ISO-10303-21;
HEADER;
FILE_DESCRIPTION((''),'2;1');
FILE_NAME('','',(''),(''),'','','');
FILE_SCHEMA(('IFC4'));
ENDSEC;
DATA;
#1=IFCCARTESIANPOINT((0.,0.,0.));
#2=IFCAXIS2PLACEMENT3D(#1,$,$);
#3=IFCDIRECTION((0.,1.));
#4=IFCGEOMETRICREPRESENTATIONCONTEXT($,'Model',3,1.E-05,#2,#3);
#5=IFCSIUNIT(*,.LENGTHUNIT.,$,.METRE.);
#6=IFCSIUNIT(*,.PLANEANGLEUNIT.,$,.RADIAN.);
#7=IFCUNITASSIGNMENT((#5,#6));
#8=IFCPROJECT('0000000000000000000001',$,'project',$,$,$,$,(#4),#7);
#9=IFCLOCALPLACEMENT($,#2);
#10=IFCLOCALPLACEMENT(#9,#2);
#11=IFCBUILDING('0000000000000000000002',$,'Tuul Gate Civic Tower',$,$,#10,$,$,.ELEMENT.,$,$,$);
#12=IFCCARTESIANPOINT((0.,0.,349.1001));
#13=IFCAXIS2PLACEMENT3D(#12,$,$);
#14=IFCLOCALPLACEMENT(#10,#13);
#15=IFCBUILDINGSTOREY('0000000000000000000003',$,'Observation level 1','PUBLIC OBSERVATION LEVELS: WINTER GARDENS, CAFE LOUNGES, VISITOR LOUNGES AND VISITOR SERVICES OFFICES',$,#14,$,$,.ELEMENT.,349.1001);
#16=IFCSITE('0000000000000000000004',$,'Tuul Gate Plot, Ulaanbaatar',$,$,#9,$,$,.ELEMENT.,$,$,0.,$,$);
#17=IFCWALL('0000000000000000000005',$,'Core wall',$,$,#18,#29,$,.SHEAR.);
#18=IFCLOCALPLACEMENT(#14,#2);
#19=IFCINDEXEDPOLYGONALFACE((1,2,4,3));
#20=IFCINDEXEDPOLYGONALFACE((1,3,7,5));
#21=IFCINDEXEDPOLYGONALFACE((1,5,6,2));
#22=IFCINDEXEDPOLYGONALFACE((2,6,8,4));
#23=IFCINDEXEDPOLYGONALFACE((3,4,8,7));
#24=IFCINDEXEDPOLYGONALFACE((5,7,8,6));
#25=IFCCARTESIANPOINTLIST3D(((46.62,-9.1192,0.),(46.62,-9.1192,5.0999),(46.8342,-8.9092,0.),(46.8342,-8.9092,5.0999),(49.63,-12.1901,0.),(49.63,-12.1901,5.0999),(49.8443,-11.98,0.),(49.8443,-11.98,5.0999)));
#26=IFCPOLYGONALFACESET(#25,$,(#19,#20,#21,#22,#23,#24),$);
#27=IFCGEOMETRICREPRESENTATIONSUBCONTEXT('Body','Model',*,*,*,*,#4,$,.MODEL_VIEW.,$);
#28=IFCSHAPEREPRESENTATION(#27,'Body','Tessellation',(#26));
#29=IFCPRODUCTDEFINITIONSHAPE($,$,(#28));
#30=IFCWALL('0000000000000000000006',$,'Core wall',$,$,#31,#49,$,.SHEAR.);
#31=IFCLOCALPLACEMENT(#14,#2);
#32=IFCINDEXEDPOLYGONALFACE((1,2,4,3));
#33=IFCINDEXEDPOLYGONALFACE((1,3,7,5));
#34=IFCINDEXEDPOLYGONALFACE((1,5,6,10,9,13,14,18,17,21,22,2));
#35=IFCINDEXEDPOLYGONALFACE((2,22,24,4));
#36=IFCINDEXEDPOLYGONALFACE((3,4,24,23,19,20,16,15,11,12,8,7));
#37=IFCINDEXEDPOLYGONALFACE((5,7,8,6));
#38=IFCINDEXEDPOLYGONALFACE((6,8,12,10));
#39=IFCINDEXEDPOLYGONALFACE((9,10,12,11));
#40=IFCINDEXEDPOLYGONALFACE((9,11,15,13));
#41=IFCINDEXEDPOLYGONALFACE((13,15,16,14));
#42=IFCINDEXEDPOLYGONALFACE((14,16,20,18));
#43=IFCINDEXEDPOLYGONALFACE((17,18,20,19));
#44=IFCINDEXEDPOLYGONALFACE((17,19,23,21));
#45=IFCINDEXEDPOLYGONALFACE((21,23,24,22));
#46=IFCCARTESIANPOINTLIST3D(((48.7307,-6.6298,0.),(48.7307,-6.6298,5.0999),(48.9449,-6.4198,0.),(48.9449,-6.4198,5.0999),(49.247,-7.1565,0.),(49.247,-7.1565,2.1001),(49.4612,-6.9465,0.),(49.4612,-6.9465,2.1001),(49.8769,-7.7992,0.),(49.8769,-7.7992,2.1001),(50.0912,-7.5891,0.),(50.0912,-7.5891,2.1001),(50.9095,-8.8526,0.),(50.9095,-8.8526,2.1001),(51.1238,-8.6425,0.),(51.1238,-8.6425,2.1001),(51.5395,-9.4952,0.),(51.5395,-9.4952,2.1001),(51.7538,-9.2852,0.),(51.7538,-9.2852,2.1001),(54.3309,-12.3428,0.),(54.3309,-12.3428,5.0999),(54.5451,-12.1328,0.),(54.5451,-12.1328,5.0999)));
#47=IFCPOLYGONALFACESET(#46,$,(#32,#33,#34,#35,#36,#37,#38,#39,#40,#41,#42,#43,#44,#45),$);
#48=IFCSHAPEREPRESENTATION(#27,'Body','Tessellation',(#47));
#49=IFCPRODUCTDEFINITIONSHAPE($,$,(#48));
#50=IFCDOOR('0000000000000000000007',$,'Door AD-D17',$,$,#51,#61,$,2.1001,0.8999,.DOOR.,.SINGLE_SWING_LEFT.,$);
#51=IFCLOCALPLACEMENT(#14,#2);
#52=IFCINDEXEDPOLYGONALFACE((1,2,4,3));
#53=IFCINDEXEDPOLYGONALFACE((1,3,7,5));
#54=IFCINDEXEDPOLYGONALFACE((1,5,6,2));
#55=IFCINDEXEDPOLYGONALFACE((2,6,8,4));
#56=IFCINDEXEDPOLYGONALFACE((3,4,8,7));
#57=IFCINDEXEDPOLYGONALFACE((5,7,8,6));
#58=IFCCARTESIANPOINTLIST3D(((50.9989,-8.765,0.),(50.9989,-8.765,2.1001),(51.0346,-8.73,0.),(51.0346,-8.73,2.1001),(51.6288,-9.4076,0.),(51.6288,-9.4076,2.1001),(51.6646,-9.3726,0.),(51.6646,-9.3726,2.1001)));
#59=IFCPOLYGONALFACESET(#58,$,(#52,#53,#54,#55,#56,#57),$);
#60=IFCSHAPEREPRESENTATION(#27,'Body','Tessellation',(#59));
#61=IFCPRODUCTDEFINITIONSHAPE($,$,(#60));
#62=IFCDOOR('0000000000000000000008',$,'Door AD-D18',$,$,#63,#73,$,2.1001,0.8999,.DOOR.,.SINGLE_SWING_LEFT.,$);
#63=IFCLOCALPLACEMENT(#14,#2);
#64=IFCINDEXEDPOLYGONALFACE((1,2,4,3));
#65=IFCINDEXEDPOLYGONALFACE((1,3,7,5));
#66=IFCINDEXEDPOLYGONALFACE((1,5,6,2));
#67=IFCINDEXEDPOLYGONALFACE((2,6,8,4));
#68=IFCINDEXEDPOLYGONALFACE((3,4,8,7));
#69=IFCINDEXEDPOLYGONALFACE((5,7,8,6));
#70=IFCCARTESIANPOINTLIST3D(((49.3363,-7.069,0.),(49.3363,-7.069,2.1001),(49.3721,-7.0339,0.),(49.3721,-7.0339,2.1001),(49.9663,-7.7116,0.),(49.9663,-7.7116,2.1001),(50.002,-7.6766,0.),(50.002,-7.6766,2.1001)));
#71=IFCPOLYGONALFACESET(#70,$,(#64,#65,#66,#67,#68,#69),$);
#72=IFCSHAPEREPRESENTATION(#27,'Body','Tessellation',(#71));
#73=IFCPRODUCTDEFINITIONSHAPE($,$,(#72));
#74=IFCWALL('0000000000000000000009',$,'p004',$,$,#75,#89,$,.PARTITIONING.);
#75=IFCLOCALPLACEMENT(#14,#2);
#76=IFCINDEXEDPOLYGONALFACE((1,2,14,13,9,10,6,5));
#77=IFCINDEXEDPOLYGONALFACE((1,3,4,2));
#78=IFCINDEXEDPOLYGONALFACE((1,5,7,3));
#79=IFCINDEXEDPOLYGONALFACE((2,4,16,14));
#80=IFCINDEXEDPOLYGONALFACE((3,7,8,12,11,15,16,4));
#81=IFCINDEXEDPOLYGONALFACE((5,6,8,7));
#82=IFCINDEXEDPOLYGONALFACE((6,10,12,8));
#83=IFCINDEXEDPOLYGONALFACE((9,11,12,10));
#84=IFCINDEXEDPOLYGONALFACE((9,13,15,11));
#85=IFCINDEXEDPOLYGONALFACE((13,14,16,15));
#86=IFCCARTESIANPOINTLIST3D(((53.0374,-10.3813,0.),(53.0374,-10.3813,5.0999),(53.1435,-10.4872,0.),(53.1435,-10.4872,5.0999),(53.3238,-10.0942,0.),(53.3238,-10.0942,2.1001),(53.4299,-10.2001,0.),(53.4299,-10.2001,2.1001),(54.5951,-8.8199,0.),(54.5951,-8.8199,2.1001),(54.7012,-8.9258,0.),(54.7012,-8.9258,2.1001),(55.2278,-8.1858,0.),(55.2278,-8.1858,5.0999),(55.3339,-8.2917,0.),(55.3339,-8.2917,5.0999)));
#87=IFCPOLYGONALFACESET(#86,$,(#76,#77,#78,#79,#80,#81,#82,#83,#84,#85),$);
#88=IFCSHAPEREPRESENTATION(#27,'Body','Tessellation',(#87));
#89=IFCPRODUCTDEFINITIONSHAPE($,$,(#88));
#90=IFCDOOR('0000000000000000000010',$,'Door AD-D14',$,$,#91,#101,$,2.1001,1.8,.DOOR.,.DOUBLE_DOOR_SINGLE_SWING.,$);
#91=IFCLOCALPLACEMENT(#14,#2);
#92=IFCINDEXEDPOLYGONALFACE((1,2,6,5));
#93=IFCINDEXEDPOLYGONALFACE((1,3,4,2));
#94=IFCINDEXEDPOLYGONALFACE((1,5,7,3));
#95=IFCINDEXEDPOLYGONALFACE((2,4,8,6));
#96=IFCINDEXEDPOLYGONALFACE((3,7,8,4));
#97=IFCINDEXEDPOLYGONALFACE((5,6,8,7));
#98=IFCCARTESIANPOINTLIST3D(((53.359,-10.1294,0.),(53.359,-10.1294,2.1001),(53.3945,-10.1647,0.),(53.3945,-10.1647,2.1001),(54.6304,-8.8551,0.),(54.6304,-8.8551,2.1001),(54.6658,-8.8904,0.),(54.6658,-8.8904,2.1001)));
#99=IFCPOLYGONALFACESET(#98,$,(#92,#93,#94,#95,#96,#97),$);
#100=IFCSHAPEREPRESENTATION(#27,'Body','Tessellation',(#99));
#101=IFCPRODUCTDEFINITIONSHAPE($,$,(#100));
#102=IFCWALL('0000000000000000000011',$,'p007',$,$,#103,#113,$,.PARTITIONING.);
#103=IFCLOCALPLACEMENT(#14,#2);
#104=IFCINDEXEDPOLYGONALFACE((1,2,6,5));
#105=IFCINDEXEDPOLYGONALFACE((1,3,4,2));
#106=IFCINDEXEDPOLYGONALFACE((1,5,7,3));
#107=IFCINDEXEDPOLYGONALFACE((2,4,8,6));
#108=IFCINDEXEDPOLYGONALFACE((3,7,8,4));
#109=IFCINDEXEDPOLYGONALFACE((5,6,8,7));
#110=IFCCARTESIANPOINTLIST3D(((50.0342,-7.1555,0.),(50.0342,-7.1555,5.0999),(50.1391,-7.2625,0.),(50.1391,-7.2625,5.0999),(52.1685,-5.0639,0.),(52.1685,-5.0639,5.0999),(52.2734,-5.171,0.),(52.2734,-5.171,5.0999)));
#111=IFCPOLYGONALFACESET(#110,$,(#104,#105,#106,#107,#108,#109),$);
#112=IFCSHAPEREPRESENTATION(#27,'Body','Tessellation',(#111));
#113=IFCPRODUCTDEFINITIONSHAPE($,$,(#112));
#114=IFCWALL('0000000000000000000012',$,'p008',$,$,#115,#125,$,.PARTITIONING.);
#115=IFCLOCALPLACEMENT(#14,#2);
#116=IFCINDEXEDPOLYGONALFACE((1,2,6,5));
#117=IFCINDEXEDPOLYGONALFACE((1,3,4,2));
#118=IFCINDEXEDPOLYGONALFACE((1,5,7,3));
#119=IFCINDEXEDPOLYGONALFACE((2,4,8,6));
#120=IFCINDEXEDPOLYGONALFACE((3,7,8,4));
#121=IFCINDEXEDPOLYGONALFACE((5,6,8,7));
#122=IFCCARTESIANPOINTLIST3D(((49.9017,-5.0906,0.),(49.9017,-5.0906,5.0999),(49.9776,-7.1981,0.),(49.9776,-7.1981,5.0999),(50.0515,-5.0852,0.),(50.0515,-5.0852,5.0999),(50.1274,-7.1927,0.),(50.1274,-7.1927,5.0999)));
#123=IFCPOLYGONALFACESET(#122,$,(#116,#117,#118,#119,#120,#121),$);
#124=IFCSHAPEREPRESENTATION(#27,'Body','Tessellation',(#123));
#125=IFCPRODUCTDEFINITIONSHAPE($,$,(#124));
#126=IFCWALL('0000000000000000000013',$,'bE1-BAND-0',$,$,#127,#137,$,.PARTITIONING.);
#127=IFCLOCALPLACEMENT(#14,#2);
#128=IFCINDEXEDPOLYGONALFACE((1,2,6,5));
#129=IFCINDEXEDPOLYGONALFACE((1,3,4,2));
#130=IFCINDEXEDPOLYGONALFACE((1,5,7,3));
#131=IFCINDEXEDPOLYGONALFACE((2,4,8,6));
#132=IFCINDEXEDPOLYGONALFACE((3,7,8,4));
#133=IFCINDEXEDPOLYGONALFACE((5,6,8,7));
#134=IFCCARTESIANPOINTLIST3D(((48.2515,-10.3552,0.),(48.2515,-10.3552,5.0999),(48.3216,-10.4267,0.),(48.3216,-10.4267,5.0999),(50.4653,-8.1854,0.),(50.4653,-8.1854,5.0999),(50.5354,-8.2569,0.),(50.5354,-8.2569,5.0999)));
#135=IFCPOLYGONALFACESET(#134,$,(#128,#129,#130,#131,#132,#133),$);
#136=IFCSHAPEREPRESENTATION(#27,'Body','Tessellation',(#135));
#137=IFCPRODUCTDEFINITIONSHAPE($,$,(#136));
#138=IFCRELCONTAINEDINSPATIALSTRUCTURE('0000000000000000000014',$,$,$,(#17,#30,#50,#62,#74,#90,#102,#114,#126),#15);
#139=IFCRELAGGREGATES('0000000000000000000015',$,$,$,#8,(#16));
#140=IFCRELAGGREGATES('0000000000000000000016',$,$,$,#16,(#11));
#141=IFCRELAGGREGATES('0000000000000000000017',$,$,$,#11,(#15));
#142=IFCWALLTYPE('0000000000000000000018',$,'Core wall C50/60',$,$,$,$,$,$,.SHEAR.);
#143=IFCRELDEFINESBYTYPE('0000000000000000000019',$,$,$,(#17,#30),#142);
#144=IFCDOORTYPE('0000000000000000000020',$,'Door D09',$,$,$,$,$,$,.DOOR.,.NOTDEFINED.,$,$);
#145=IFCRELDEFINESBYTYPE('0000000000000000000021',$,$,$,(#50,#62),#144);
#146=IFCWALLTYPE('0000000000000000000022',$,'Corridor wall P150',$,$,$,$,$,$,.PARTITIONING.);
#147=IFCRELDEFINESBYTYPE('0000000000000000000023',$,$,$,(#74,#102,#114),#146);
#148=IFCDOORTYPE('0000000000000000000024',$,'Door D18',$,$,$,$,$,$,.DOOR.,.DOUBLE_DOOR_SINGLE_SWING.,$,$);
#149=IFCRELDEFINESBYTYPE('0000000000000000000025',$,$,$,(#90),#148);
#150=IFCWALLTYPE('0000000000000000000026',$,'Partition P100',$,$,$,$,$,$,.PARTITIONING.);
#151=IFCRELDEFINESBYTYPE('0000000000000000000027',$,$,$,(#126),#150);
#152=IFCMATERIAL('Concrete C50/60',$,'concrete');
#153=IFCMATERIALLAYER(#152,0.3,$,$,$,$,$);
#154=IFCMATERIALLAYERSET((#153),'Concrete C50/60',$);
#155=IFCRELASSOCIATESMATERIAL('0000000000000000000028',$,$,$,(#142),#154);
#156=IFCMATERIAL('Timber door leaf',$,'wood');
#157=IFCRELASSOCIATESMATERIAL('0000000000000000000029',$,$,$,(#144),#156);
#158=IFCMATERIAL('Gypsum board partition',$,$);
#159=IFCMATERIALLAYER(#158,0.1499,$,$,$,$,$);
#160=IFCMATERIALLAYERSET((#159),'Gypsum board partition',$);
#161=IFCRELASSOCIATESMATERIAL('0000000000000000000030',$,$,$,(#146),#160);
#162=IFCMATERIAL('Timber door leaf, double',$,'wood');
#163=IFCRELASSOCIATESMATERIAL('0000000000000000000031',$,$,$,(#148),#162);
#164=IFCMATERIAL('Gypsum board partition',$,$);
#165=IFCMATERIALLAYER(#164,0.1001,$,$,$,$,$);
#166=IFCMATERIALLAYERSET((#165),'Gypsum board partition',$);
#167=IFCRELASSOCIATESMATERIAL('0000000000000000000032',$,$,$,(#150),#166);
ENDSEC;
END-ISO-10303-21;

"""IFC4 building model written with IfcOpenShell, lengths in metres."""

from ifc_helpers import new_model, si_unit, direction, frame, frame_2d, origin, place, context, subcontext, project, spatial, rectangle, extrude, material, layer, layer_set, type_object, element, fill, save


model = new_model("IFC4")

# Units and contexts
model_context = context("Model", 3, precision=1e-05, world=origin(), true_north=direction((0.0, 1.0)))
body_context = subcontext(model_context, "Body", "Model", "MODEL_VIEW")
ifc_project = project(units=[si_unit("LENGTHUNIT", "METRE"), si_unit("PLANEANGLEUNIT", "RADIAN")], contexts=[model_context])

# Site, building, storey
site_placement = place(None, origin())
site = spatial("IfcSite", under=ifc_project, at=site_placement, Name="Tuul Gate Plot, Ulaanbaatar", CompositionType="ELEMENT", RefElevation=0.0)
building_placement = place(site_placement, origin())
building = spatial("IfcBuilding", under=site, at=building_placement, Name="Tuul Gate Civic Tower", CompositionType="ELEMENT")
storey_placement = place(building_placement, frame((0.0, 0.0, 349.1001)))
storey = spatial("IfcBuildingStorey", under=building, at=storey_placement, Name="Observation level 1", Description="PUBLIC OBSERVATION LEVELS: WINTER GARDENS, CAFE LOUNGES, VISITOR LOUNGES AND VISITOR SERVICES OFFICES", CompositionType="ELEMENT", Elevation=349.1001)

# Wall
ifc_material_1 = material(Name="Concrete C50/60", Category="concrete")
ifc_layer_1 = layer(ifc_material_1, 0.3)
ifc_layer_set_1 = layer_set([ifc_layer_1], Name="Concrete C50/60")
wall_type_1 = type_object("IfcWallType", Name="Core wall C50/60", PredefinedType="SHEAR", material=ifc_layer_set_1)
wall_1_placement = place(storey_placement, frame((49.7371, -12.085, 0.0), z_axis=(0.0, 0.0, 1.0), x_axis=(-0.700003, 0.71414, 0.0)))
element("IfcWall", 1, at=wall_1_placement, inside=storey, type_object=wall_type_1, Name="Core wall", PredefinedType="SHEAR", context=body_context, shape_type="SweptSolid", body=[
    extrude(rectangle(XDim=4.3, YDim=0.3, at=frame_2d((2.1499, 0.0))), origin(), (0.0, 0.0, 1.0), 5.0999),
])

# Wall, openings, doors
wall_2_placement = place(storey_placement, frame((54.438, -12.2378, 0.0), z_axis=(0.0, 0.0, 1.0), x_axis=(-0.700022, 0.714121, 0.0)))
wall_2 = element("IfcWall", 2, at=wall_2_placement, inside=storey, type_object=wall_type_1, Name="Core wall", PredefinedType="SHEAR", context=body_context, shape_type="SweptSolid", body=[
    extrude(rectangle(XDim=8.0, YDim=0.3, at=frame_2d((4.0, 0.0))), origin(), (0.0, 0.0, 1.0), 5.0999),
])
opening_1_placement = place(wall_2_placement, frame((3.9875, 0.0, 0.0)))
opening_1 = element("IfcOpeningElement", 3, at=opening_1_placement, cuts=wall_2, PredefinedType="OPENING", context=body_context, shape_type="SweptSolid", body=[
    extrude(rectangle(XDim=0.8999, YDim=2.1001, at=frame_2d((0.45, 1.05))), frame((0.0, 0.1602, 0.0), z_axis=(0.0, -1.0, 0.0), x_axis=(1.0, 0.0, 0.0)), (0.0, 0.0, 1.0), 0.3201),
])
opening_2_placement = place(wall_2_placement, frame((6.3625, 0.0, 0.0)))
opening_2 = element("IfcOpeningElement", 4, at=opening_2_placement, cuts=wall_2, PredefinedType="OPENING", context=body_context, shape_type="SweptSolid", body=[
    extrude(rectangle(XDim=0.8999, YDim=2.1001, at=frame_2d((0.45, 1.05))), frame((0.0, 0.1602, 0.0), z_axis=(0.0, -1.0, 0.0), x_axis=(1.0, 0.0, 0.0)), (0.0, 0.0, 1.0), 0.3201),
])
ifc_material_2 = material(Name="Timber door leaf", Category="wood")
door_type_1 = type_object("IfcDoorType", Name="Door D09", OperationType="NOTDEFINED", PredefinedType="DOOR", material=ifc_material_2)
door_1_placement = place(opening_1_placement, origin())
door_1 = element("IfcDoor", 5, at=door_1_placement, inside=storey, type_object=door_type_1, Name="Door AD-D17", OperationType="SINGLE_SWING_LEFT", OverallHeight=2.1001, OverallWidth=0.8999, PredefinedType="DOOR", context=body_context, shape_type="SweptSolid", body=[
    extrude(rectangle(XDim=0.8999, YDim=2.1001, at=frame_2d((0.45, 1.05))), frame((0.0, 0.0249, 0.0), z_axis=(0.0, -1.0, 0.0), x_axis=(1.0, 0.0, 0.0)), (0.0, 0.0, 1.0), 0.05),
])
fill(opening_1, door_1)
door_2_placement = place(opening_2_placement, origin())
door_2 = element("IfcDoor", 6, at=door_2_placement, inside=storey, type_object=door_type_1, Name="Door AD-D18", OperationType="SINGLE_SWING_LEFT", OverallHeight=2.1001, OverallWidth=0.8999, PredefinedType="DOOR", context=body_context, shape_type="SweptSolid", body=[
    extrude(rectangle(XDim=0.8999, YDim=2.1001, at=frame_2d((0.45, 1.05))), frame((0.0, 0.0249, 0.0), z_axis=(0.0, -1.0, 0.0), x_axis=(1.0, 0.0, 0.0)), (0.0, 0.0, 1.0), 0.05),
])
fill(opening_2, door_2)

# Wall, opening, door
ifc_material_3 = material(Name="Gypsum board partition")
ifc_layer_2 = layer(ifc_material_3, 0.1499)
ifc_layer_set_2 = layer_set([ifc_layer_2], Name="Gypsum board partition")
wall_type_2 = type_object("IfcWallType", Name="Corridor wall P150", PredefinedType="PARTITIONING", material=ifc_layer_set_2)
wall_3_placement = place(storey_placement, frame((53.0903, -10.4343, 0.0), z_axis=(0.0, 0.0, 1.0), x_axis=(0.70628, 0.707933, 0.0)))
wall_3 = element("IfcWall", 7, at=wall_3_placement, inside=storey, type_object=wall_type_2, Name="p004", PredefinedType="PARTITIONING", context=body_context, shape_type="SweptSolid", body=[
    extrude(rectangle(XDim=3.1013, YDim=0.1499, at=frame_2d((1.5508, 0.0))), origin(), (0.0, 0.0, 1.0), 5.0999),
])
opening_3_placement = place(wall_3_placement, frame((0.4058, 0.0, 0.0)))
opening_3 = element("IfcOpeningElement", 8, at=opening_3_placement, cuts=wall_3, PredefinedType="OPENING", context=body_context, shape_type="SweptSolid", body=[
    extrude(rectangle(XDim=1.8, YDim=2.1001, at=frame_2d((0.8999, 1.05))), frame((0.0, 0.085, 0.0), z_axis=(0.0, -1.0, 0.0), x_axis=(1.0, 0.0, 0.0)), (0.0, 0.0, 1.0), 0.1699),
])
ifc_material_4 = material(Name="Timber door leaf, double", Category="wood")
door_type_2 = type_object("IfcDoorType", Name="Door D18", OperationType="DOUBLE_DOOR_SINGLE_SWING", PredefinedType="DOOR", material=ifc_material_4)
door_3_placement = place(opening_3_placement, frame((1.8, 0.0, 0.0), z_axis=(0.0, 0.0, 1.0), x_axis=(-1.0, 0.0, 0.0)))
door_3 = element("IfcDoor", 9, at=door_3_placement, inside=storey, type_object=door_type_2, Name="Door AD-D14", OperationType="DOUBLE_DOOR_SINGLE_SWING", OverallHeight=2.1001, OverallWidth=1.8, PredefinedType="DOOR", context=body_context, shape_type="SweptSolid", body=[
    extrude(rectangle(XDim=1.8, YDim=2.1001, at=frame_2d((0.9001, 1.05))), frame((0.0, 0.0249, 0.0), z_axis=(0.0, -1.0, 0.0), x_axis=(1.0, 0.0, 0.0)), (0.0, 0.0, 1.0), 0.05),
])
fill(opening_3, door_3)

# Walls
wall_4_placement = place(storey_placement, frame((50.0867, -7.209, 0.0), z_axis=(0.0, 0.0, 1.0), x_axis=(0.714219, 0.699922, 0.0)))
element("IfcWall", 10, at=wall_4_placement, inside=storey, type_object=wall_type_2, Name="p007", PredefinedType="PARTITIONING", context=body_context, shape_type="SweptSolid", body=[
    extrude(rectangle(XDim=2.9883, YDim=0.1499, at=frame_2d((1.4941, 0.0))), origin(), (0.0, 0.0, 1.0), 5.0999),
])
wall_5_placement = place(storey_placement, frame((49.9766, -5.0879, 0.0), z_axis=(0.0, 0.0, 1.0), x_axis=(0.036005, -0.999352, 0.0)))
element("IfcWall", 11, at=wall_5_placement, inside=storey, type_object=wall_type_2, Name="p008", PredefinedType="PARTITIONING", context=body_context, shape_type="SweptSolid", body=[
    extrude(rectangle(XDim=2.1089, YDim=0.1499, at=frame_2d((1.0544, 0.0))), origin(), (0.0, 0.0, 1.0), 5.0999),
])
ifc_material_5 = material(Name="Gypsum board partition")
ifc_layer_3 = layer(ifc_material_5, 0.1001)
ifc_layer_set_3 = layer_set([ifc_layer_3], Name="Gypsum board partition")
wall_type_3 = type_object("IfcWallType", Name="Partition P100", PredefinedType="PARTITIONING", material=ifc_layer_set_3)
wall_6_placement = place(storey_placement, frame((48.2866, -10.3909, 0.0), z_axis=(0.0, 0.0, 1.0), x_axis=(0.714159, 0.699983, 0.0)))
element("IfcWall", 12, at=wall_6_placement, inside=storey, type_object=wall_type_3, Name="bE1-BAND-0", PredefinedType="PARTITIONING", context=body_context, shape_type="SweptSolid", body=[
    extrude(rectangle(XDim=3.0999, YDim=0.1001, at=frame_2d((1.5498, 0.0))), origin(), (0.0, 0.0, 1.0), 5.0999),
])

save(model, "model.ifc")
